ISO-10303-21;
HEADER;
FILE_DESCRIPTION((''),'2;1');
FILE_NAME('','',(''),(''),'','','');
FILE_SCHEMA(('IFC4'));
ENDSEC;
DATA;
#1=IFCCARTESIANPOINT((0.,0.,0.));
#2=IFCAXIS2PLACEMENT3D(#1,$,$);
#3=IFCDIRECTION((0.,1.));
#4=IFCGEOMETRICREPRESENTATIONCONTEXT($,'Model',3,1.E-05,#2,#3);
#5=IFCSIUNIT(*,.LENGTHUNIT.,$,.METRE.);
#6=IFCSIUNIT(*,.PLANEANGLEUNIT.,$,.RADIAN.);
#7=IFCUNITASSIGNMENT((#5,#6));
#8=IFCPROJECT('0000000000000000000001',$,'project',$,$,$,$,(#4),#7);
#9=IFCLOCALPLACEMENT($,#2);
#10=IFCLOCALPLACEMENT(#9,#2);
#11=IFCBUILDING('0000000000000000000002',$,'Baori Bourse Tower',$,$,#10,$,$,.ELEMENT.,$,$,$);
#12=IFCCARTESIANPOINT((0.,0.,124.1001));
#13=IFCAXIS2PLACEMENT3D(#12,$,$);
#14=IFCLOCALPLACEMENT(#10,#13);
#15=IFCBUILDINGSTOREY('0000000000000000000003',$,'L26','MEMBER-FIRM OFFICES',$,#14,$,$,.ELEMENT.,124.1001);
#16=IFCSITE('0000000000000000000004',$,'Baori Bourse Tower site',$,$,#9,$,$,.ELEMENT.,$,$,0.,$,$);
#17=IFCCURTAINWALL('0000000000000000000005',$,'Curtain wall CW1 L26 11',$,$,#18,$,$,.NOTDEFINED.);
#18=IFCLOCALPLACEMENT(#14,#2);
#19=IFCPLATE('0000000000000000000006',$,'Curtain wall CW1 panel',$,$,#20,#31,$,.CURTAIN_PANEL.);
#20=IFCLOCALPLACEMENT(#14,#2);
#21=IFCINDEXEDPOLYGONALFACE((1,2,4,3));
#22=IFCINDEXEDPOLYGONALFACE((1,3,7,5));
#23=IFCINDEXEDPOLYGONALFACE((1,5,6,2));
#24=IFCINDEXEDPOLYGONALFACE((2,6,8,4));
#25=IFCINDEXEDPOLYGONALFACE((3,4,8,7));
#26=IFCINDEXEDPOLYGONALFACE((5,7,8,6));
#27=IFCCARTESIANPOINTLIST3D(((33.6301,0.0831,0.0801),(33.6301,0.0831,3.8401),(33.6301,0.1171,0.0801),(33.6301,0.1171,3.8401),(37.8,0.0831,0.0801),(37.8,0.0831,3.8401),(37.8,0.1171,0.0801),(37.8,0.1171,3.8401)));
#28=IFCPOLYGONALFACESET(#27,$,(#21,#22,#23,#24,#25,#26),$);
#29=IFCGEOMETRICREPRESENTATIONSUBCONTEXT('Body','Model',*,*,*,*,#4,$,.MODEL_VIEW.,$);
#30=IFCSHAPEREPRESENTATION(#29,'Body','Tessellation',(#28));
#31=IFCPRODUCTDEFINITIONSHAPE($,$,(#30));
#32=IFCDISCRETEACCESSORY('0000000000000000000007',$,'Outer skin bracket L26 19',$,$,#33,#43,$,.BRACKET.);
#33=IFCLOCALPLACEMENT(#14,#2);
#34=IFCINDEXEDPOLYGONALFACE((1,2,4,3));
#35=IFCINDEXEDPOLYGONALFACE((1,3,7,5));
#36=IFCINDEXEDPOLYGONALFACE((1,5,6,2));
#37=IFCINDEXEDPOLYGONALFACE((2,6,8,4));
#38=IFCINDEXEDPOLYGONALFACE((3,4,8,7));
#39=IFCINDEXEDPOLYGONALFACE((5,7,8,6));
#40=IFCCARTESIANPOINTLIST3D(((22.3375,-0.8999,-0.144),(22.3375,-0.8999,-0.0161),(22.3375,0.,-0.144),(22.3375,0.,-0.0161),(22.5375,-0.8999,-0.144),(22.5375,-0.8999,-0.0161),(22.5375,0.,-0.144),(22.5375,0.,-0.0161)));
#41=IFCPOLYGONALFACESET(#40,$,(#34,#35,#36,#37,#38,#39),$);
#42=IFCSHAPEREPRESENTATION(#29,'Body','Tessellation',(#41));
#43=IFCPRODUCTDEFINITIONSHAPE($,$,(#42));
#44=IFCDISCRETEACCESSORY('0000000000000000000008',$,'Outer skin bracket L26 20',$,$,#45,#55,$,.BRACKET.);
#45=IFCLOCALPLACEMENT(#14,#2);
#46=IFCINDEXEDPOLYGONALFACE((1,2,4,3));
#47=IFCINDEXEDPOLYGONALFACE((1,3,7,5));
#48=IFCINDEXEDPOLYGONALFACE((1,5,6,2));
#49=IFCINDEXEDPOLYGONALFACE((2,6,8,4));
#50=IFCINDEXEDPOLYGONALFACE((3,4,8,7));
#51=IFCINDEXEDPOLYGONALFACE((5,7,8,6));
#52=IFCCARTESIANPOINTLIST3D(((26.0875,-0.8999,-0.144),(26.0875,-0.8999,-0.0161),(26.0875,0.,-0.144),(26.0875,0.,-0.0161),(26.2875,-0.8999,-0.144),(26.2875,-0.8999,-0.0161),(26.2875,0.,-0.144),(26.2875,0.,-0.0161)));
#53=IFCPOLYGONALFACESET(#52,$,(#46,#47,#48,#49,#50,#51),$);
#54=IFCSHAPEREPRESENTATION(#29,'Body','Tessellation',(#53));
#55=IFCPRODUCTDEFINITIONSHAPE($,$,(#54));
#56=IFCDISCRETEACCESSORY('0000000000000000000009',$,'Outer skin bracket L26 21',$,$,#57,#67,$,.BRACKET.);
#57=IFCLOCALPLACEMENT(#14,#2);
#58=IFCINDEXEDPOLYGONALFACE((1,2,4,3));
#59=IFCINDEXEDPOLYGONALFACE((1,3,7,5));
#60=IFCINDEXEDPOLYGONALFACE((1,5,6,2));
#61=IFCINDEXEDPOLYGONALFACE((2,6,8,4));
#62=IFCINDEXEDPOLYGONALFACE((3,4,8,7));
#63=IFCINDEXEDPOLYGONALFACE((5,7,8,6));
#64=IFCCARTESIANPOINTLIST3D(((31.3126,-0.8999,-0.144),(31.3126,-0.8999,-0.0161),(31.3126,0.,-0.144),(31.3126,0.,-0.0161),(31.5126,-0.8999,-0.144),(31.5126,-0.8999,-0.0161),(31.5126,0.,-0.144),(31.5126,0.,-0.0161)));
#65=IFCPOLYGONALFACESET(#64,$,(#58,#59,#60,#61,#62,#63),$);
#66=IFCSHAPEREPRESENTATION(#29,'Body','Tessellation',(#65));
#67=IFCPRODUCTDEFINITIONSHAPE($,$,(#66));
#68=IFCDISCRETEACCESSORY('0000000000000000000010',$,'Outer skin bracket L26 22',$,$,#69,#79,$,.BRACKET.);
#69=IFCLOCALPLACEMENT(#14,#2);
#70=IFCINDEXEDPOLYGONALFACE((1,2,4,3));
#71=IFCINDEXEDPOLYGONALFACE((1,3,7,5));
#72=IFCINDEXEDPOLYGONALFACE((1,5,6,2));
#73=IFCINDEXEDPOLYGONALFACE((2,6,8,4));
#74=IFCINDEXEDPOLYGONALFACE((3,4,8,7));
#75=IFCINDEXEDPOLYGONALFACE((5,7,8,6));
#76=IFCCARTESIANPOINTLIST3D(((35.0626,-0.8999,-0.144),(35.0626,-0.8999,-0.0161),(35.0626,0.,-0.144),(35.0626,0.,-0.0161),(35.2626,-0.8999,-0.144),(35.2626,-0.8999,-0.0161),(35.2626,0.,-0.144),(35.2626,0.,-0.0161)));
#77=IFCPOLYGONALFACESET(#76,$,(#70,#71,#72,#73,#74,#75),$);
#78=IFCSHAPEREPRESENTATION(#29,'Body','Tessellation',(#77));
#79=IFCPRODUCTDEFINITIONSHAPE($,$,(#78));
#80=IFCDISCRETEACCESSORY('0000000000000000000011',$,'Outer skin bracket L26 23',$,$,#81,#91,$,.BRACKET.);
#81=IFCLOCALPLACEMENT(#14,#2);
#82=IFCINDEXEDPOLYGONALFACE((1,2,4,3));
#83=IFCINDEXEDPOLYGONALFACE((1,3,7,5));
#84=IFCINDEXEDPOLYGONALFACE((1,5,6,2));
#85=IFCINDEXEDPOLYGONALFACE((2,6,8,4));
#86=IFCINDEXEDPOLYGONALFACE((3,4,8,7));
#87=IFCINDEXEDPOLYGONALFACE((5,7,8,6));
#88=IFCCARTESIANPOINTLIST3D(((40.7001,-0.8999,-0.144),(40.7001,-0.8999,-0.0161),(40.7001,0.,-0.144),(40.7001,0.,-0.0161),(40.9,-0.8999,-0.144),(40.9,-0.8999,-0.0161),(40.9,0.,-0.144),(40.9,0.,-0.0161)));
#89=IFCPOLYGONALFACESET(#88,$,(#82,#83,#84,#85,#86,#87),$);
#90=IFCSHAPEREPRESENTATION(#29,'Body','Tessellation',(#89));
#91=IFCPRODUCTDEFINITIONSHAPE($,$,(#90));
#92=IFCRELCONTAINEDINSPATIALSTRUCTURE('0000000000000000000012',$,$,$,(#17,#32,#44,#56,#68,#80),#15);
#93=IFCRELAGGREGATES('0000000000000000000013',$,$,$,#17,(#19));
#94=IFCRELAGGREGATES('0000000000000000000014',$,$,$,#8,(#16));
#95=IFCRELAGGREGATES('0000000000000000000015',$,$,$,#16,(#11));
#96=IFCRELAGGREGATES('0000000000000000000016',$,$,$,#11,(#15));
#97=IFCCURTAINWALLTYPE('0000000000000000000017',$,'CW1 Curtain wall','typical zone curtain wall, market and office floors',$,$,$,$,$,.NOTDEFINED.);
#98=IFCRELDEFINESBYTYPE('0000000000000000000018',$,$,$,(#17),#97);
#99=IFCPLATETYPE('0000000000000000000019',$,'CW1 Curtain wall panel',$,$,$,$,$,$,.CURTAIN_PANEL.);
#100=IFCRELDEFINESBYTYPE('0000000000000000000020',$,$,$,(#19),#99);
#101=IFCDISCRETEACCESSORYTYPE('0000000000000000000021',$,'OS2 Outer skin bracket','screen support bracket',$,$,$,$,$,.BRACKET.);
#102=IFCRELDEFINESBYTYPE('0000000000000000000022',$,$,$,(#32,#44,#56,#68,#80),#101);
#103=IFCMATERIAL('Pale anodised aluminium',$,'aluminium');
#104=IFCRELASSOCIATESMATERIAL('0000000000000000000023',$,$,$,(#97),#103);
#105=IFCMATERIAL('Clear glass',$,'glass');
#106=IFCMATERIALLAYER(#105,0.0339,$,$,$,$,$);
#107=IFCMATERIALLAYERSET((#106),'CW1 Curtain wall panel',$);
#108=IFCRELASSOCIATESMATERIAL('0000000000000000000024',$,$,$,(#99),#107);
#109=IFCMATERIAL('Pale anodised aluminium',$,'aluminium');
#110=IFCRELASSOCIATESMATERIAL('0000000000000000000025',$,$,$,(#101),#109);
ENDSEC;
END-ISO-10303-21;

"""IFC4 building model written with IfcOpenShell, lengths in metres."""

from ifc_helpers import new_model, si_unit, direction, frame, origin, origin_2d, place, context, subcontext, project, spatial, rectangle, extrude, material, layer, layer_set, type_object, element, aggregate, save


model = new_model("IFC4")

# Units and contexts
model_context = context("Model", 3, precision=1e-05, world=origin(), true_north=direction((0.0, 1.0)))
body_context = subcontext(model_context, "Body", "Model", "MODEL_VIEW")
ifc_project = project(units=[si_unit("LENGTHUNIT", "METRE"), si_unit("PLANEANGLEUNIT", "RADIAN")], contexts=[model_context])

# Site, building, storey
site_placement = place(None, origin())
site = spatial("IfcSite", under=ifc_project, at=site_placement, Name="Baori Bourse Tower site", CompositionType="ELEMENT", RefElevation=0.0)
building_placement = place(site_placement, origin())
building = spatial("IfcBuilding", under=site, at=building_placement, Name="Baori Bourse Tower", CompositionType="ELEMENT")
storey_placement = place(building_placement, frame((0.0, 0.0, 124.1001)))
storey = spatial("IfcBuildingStorey", under=building, at=storey_placement, Name="L26", Description="MEMBER-FIRM OFFICES", CompositionType="ELEMENT", Elevation=124.1001)

# Curtain wall
ifc_material_1 = material(Name="Pale anodised aluminium", Category="aluminium")
curtain_wall_type = type_object("IfcCurtainWallType", Name="CW1 Curtain wall", Description="typical zone curtain wall, market and office floors", PredefinedType="NOTDEFINED", material=ifc_material_1)
curtain_wall_placement = place(storey_placement, origin())
curtain_wall = element("IfcCurtainWall", 1, at=curtain_wall_placement, inside=storey, type_object=curtain_wall_type, Name="Curtain wall CW1 L26 11", PredefinedType="NOTDEFINED")

# Plate
ifc_material_2 = material(Name="Clear glass", Category="glass")
ifc_layer = layer(ifc_material_2, 0.0339)
ifc_layer_set = layer_set([ifc_layer], Name="CW1 Curtain wall panel")
plate_type = type_object("IfcPlateType", Name="CW1 Curtain wall panel", PredefinedType="CURTAIN_PANEL", material=ifc_layer_set)
plate_1_placement = place(storey_placement, frame((35.7151, 0.1001, 0.0801), z_axis=(0.0, 0.0, 1.0), x_axis=(1.0, 0.0, 0.0)))
plate_1 = element("IfcPlate", 2, at=plate_1_placement, type_object=plate_type, Name="Curtain wall CW1 panel", PredefinedType="CURTAIN_PANEL", context=body_context, shape_type="SweptSolid", body=[
    extrude(rectangle(XDim=4.1699, YDim=0.0339, at=origin_2d()), origin(), (0.0, 0.0, 1.0), 3.76),
])
aggregate(curtain_wall, [plate_1])

# Discrete accessories
ifc_material_3 = material(Name="Pale anodised aluminium", Category="aluminium")
discrete_accessory_type = type_object("IfcDiscreteAccessoryType", Name="OS2 Outer skin bracket", Description="screen support bracket", PredefinedType="BRACKET", material=ifc_material_3)
for number, where, z_axis, x_axis, name in (
    (3, (22.4375, -0.45, -0.144), (0.0, 0.0, 1.0), (1.0, 0.0, 0.0), "Outer skin bracket L26 19"),
    (4, (26.1875, -0.45, -0.144), (0.0, 0.0, 1.0), (1.0, 0.0, 0.0), "Outer skin bracket L26 20"),
    (5, (31.4126, -0.45, -0.144), (0.0, 0.0, 1.0), (1.0, 0.0, 0.0), "Outer skin bracket L26 21"),
    (6, (35.1626, -0.45, -0.144), (0.0, 0.0, 1.0), (1.0, 0.0, 0.0), "Outer skin bracket L26 22"),
    (7, (40.8, -0.45, -0.144), (0.0, 0.0, 1.0), (1.0, 0.0, 0.0), "Outer skin bracket L26 23"),
):
    element("IfcDiscreteAccessory", number, at=place(storey_placement, frame(where, z_axis=z_axis, x_axis=x_axis)), inside=storey, type_object=discrete_accessory_type, Name=name, PredefinedType="BRACKET", context=body_context, shape_type="SweptSolid", body=[
        extrude(rectangle(XDim=0.2, YDim=0.8999, at=origin_2d()), origin(), (0.0, 0.0, 1.0), 0.1279),
    ])

save(model, "model.ifc")
